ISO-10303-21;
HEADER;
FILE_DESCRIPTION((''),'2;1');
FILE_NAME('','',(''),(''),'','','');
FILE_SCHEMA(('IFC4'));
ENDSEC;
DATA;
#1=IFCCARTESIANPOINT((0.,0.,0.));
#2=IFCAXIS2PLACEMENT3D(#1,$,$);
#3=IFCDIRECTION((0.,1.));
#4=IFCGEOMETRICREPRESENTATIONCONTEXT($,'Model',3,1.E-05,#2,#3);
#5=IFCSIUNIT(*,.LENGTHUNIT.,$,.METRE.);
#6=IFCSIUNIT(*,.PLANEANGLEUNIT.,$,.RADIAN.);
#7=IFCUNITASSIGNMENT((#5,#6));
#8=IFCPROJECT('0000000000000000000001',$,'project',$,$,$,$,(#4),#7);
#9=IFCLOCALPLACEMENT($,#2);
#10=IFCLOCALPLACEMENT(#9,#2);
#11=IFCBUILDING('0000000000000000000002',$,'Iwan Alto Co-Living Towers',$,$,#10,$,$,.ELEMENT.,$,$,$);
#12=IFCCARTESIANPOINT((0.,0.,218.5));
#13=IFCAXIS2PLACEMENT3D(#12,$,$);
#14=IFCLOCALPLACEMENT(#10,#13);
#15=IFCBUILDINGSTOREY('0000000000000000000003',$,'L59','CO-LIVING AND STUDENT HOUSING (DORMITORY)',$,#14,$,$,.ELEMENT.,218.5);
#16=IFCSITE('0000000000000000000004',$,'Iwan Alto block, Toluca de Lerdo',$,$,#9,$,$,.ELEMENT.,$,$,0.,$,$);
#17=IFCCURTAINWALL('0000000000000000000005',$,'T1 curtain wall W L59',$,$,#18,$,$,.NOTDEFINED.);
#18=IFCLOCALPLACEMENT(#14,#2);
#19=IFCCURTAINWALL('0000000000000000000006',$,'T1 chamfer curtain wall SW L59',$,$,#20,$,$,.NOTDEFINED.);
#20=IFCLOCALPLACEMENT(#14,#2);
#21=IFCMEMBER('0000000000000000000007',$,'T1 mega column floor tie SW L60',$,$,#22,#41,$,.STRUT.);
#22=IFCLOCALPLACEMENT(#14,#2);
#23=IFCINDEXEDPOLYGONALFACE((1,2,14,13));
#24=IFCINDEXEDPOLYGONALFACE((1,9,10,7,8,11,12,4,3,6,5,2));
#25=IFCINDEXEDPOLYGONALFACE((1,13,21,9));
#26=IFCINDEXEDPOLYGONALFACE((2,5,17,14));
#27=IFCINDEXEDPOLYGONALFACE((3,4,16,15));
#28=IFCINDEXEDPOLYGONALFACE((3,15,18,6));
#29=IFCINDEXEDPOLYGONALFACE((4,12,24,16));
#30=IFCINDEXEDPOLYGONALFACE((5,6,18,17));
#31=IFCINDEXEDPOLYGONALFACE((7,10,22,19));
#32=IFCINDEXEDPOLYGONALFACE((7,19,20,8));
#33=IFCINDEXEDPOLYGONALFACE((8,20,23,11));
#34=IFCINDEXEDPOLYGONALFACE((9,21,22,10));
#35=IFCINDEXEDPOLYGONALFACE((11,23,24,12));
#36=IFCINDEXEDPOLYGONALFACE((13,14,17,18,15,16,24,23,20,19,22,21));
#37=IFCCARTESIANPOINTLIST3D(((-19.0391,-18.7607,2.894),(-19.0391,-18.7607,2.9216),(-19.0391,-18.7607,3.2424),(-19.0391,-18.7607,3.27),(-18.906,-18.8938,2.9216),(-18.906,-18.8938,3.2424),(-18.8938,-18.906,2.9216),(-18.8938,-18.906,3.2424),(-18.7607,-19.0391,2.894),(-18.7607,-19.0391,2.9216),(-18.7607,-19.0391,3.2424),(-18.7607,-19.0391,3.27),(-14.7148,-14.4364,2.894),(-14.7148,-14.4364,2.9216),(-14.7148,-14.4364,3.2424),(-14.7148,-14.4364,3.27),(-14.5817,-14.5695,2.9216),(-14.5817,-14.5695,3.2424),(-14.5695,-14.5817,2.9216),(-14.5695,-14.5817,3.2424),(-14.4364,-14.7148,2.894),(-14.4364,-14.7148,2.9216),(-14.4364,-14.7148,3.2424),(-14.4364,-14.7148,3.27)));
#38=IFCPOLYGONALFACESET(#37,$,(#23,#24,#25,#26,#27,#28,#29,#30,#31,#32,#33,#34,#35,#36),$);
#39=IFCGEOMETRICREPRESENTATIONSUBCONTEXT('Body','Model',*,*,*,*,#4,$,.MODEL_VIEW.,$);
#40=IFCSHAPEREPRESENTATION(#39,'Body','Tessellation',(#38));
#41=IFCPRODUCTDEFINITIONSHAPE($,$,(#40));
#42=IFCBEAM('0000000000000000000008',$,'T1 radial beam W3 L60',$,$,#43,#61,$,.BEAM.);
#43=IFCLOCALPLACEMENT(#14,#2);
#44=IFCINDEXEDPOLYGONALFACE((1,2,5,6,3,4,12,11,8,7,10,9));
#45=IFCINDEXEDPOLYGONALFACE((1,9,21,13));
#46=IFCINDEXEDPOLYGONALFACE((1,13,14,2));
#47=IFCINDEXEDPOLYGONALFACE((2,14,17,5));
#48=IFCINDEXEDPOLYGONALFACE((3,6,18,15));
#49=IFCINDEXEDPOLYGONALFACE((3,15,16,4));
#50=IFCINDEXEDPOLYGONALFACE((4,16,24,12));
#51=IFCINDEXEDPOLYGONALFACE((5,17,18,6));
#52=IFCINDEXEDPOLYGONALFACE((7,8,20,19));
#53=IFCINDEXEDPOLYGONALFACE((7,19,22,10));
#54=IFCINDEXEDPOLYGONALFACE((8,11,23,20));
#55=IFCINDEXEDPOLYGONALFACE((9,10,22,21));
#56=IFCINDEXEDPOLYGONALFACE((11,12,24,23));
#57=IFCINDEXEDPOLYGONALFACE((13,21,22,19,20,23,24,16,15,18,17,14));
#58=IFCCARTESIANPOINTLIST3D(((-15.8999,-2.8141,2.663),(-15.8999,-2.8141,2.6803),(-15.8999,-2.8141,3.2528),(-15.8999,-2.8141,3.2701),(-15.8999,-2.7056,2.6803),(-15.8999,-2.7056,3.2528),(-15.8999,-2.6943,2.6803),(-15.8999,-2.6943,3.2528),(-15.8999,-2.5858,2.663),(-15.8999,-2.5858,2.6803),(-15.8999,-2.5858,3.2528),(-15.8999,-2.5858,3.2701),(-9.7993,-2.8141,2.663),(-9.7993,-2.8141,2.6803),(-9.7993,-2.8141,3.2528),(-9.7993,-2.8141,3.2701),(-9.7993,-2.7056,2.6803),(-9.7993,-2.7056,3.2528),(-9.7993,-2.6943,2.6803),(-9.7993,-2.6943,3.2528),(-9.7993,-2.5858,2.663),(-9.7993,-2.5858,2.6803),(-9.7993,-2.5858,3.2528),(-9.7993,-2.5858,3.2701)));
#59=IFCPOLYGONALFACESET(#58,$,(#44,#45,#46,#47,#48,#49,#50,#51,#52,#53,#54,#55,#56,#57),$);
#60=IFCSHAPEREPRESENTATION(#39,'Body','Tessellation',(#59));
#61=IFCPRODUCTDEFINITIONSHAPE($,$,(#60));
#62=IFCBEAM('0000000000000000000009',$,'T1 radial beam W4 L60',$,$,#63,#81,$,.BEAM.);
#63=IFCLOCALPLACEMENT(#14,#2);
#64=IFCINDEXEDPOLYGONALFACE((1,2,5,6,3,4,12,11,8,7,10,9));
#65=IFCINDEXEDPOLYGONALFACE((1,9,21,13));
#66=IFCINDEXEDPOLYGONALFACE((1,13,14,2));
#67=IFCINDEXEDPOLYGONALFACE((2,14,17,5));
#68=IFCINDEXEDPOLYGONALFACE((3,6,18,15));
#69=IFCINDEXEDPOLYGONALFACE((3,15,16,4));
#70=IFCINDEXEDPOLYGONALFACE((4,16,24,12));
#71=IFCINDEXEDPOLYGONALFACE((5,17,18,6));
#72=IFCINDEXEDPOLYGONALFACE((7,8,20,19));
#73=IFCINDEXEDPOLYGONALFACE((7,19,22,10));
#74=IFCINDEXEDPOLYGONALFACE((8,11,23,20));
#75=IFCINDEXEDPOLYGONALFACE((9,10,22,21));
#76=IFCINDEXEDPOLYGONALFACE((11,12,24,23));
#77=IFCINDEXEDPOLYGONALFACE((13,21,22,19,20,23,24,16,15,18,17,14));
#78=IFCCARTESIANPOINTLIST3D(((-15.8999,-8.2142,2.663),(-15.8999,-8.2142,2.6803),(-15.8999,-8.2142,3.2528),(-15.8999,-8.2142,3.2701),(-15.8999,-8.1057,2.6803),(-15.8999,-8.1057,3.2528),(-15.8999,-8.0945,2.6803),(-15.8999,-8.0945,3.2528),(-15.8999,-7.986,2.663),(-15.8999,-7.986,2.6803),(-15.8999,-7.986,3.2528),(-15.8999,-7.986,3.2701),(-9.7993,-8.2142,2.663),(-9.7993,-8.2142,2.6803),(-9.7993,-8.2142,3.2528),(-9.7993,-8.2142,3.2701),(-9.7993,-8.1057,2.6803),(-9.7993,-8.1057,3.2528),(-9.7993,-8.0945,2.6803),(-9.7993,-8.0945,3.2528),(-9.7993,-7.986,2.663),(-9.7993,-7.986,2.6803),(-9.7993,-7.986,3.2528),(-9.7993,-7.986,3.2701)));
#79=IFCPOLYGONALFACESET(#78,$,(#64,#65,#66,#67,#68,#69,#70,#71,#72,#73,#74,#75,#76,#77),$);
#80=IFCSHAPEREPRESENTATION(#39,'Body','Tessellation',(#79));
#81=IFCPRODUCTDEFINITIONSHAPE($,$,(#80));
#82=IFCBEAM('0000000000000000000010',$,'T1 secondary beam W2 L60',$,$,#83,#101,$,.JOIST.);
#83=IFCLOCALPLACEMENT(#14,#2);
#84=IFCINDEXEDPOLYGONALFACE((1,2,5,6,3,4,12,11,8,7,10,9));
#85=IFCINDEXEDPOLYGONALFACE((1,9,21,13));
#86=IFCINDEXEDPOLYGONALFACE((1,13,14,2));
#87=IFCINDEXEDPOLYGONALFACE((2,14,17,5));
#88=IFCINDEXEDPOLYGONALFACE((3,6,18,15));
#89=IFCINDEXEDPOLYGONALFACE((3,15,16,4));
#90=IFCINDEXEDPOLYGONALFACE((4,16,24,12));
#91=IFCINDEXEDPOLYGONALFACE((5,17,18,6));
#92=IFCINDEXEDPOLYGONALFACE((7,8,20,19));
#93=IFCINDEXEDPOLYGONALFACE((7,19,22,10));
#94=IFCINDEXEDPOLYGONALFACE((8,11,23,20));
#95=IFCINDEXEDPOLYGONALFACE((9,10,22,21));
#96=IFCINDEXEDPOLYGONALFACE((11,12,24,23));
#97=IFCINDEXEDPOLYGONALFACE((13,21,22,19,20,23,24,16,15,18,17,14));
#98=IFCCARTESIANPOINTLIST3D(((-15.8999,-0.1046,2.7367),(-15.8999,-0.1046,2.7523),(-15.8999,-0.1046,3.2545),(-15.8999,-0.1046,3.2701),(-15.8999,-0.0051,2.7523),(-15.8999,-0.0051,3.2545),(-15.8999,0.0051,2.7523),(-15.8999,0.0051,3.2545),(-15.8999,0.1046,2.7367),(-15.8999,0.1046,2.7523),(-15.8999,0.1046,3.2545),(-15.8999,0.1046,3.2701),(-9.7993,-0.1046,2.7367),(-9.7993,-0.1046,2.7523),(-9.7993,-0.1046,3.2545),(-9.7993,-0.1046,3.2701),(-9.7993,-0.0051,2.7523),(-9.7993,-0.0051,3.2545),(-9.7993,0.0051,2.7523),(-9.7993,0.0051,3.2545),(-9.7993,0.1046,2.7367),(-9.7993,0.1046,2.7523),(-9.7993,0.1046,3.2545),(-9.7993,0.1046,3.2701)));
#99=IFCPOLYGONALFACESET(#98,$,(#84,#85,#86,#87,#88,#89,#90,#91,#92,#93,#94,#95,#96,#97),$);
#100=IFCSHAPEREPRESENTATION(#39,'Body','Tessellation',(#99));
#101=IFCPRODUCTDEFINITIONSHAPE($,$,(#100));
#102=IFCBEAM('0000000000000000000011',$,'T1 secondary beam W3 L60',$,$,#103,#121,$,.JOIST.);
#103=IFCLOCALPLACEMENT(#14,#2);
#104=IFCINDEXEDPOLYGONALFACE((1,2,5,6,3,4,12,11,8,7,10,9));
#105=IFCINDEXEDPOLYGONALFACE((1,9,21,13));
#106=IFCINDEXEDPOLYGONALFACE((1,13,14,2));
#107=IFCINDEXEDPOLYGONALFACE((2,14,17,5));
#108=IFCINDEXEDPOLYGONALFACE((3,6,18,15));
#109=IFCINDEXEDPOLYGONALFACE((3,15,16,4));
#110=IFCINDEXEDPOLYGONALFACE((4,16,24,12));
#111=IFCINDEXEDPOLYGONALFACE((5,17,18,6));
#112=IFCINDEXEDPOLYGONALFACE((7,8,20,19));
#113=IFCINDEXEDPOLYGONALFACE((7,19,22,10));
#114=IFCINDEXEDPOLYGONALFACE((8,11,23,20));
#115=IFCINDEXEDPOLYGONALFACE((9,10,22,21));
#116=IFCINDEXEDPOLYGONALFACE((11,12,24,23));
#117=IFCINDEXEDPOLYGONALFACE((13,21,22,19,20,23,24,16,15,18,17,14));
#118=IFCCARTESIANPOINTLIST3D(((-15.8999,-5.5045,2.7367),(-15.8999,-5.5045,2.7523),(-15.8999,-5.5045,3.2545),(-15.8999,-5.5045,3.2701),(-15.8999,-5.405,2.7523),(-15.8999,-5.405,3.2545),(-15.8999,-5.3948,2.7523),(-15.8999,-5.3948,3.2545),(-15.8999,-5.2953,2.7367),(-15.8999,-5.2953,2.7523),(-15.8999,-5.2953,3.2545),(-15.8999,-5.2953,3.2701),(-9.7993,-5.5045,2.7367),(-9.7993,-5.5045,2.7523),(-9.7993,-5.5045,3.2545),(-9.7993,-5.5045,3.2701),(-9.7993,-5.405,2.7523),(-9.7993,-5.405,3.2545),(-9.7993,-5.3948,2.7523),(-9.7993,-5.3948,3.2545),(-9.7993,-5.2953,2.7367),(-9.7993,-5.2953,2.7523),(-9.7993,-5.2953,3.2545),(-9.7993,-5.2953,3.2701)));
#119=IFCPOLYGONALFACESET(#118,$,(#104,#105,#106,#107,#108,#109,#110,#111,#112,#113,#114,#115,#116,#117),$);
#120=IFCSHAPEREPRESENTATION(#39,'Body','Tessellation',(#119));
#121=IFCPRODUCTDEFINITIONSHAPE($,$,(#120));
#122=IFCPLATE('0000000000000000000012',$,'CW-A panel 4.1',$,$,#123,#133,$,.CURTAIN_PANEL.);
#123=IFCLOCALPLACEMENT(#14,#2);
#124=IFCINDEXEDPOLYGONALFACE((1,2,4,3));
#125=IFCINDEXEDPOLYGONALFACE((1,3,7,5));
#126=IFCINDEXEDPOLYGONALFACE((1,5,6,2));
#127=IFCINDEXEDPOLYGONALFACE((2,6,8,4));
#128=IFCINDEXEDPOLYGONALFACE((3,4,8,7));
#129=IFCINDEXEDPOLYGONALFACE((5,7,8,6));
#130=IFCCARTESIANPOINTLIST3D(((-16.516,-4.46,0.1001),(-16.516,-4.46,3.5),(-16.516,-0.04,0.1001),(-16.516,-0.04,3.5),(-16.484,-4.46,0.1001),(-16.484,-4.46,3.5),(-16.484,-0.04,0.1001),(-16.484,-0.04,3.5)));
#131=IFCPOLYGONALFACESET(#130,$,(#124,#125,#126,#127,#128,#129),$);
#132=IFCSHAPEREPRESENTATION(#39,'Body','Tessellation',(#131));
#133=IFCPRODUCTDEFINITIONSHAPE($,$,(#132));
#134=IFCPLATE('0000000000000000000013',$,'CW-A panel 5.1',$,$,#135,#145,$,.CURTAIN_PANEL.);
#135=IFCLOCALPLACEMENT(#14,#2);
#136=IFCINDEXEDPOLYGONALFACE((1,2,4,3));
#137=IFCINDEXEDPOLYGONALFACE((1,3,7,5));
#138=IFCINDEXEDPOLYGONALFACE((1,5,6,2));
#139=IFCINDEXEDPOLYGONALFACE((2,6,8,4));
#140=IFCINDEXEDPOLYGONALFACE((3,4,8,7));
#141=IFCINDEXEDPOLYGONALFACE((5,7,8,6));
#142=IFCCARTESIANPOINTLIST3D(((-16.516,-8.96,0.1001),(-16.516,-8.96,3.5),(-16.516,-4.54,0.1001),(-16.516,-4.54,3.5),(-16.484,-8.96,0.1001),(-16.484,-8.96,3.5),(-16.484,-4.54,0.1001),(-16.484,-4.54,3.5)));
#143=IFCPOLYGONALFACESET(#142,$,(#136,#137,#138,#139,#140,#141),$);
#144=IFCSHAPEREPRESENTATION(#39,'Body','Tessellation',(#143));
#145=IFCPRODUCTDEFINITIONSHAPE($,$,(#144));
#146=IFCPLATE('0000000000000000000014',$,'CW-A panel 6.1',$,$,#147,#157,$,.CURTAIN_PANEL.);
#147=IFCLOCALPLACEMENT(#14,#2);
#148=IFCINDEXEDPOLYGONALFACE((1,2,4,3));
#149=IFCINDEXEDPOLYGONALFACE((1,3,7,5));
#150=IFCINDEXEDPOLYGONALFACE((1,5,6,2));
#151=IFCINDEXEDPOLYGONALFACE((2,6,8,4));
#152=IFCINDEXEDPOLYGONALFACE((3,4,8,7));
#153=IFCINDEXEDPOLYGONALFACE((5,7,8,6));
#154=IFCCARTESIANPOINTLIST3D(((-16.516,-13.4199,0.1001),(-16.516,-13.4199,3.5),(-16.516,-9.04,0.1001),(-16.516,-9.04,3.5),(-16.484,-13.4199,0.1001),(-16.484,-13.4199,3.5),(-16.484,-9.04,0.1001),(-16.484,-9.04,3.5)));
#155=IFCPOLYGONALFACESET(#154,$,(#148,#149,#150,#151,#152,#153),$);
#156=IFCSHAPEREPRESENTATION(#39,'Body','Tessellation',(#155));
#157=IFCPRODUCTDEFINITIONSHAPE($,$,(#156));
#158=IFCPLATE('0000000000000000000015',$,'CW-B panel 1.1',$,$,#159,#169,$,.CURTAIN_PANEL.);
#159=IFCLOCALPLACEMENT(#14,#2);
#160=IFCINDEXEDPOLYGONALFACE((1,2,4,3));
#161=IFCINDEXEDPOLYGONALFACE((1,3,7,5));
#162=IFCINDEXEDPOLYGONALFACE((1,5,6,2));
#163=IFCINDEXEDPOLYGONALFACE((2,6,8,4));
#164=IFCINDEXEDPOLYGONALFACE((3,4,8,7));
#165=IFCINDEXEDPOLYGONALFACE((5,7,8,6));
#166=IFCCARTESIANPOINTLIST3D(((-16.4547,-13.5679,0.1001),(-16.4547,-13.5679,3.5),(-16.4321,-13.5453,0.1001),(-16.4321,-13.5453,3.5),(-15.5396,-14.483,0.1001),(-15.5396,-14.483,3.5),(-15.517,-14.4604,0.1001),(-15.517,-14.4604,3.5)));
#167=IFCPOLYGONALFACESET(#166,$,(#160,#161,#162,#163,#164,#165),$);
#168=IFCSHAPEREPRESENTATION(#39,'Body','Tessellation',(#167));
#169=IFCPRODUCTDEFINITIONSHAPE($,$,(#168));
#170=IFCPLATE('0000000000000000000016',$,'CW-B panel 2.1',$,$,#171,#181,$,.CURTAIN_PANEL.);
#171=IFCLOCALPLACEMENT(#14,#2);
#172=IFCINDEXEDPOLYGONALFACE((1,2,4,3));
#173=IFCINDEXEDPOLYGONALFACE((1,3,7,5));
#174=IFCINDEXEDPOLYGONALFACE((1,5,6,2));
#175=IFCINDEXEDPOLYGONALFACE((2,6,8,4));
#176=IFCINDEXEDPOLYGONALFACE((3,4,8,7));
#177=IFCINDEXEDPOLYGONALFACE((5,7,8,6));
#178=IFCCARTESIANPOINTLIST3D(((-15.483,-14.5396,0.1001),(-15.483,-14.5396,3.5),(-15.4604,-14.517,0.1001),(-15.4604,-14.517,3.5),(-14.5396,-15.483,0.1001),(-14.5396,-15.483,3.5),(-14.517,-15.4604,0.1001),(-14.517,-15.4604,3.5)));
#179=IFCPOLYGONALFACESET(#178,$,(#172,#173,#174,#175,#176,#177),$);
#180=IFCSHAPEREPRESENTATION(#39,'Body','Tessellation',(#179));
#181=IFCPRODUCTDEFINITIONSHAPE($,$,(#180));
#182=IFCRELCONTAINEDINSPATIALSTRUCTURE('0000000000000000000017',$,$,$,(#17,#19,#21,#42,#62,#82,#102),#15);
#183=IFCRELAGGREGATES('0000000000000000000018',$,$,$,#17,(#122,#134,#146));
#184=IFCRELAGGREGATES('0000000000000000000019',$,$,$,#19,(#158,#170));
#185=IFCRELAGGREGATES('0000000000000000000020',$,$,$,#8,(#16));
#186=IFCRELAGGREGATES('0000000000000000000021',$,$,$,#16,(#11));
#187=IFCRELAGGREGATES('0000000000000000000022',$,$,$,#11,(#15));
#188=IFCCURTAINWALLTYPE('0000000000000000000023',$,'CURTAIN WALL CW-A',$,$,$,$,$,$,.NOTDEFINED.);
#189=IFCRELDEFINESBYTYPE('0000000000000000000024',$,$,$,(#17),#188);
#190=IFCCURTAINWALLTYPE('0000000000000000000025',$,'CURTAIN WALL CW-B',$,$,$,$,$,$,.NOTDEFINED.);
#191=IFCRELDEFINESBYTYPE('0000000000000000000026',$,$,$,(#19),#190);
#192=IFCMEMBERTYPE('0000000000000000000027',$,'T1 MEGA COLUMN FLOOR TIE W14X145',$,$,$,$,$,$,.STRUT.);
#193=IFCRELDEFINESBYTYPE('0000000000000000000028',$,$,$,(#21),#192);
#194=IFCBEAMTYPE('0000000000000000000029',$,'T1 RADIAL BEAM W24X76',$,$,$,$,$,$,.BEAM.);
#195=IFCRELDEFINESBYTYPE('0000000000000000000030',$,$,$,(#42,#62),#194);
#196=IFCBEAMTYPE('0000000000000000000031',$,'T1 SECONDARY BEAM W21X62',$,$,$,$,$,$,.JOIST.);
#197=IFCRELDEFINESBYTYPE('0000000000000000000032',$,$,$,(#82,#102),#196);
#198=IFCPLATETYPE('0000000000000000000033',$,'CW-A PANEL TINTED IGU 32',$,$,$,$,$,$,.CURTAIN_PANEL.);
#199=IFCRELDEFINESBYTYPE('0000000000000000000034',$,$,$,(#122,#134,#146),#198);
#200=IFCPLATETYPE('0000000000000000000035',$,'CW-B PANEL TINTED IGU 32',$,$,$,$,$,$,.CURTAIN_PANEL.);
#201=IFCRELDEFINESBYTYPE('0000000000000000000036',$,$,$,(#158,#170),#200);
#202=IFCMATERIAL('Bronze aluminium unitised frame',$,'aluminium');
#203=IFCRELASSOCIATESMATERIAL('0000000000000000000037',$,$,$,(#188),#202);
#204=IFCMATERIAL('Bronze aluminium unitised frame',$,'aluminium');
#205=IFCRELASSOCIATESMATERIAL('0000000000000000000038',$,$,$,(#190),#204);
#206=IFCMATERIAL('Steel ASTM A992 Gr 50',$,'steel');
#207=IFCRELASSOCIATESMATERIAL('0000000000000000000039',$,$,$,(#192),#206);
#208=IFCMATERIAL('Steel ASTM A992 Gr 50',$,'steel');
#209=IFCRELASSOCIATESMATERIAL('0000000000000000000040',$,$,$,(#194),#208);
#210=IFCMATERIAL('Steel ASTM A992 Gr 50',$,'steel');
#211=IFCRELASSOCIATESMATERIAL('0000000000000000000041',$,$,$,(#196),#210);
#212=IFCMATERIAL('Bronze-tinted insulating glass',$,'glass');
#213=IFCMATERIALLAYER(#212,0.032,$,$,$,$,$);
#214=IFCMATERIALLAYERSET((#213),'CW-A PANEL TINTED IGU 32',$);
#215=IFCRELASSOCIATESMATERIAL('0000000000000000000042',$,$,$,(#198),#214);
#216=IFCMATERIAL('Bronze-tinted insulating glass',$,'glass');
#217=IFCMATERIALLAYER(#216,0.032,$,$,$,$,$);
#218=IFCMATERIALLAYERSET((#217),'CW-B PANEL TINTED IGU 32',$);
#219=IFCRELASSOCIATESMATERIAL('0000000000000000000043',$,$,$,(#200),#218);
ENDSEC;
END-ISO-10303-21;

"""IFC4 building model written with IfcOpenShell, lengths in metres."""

from ifc_helpers import new_model, si_unit, direction, frame, origin, origin_2d, place, context, subcontext, project, spatial, rectangle, i_section, extrude, material, layer, layer_set, material_profile, profile_set, type_object, element, aggregate, save


model = new_model("IFC4")

# Units and contexts
model_context = context("Model", 3, precision=1e-05, world=origin(), true_north=direction((0.0, 1.0)))
body_context = subcontext(model_context, "Body", "Model", "MODEL_VIEW")
ifc_project = project(units=[si_unit("LENGTHUNIT", "METRE"), si_unit("PLANEANGLEUNIT", "RADIAN")], contexts=[model_context])

# Site, building, storey
site_placement = place(None, origin())
site = spatial("IfcSite", under=ifc_project, at=site_placement, Name="Iwan Alto block, Toluca de Lerdo", CompositionType="ELEMENT", RefElevation=0.0)
building_placement = place(site_placement, origin())
building = spatial("IfcBuilding", under=site, at=building_placement, Name="Iwan Alto Co-Living Towers", CompositionType="ELEMENT")
storey_placement = place(building_placement, frame((0.0, 0.0, 218.5)))
storey = spatial("IfcBuildingStorey", under=building, at=storey_placement, Name="L59", Description="CO-LIVING AND STUDENT HOUSING (DORMITORY)", CompositionType="ELEMENT", Elevation=218.5)

# Curtain walls
ifc_material_1 = material(Name="Bronze aluminium unitised frame", Category="aluminium")
curtain_wall_type_1 = type_object("IfcCurtainWallType", Name="CURTAIN WALL CW-A", PredefinedType="NOTDEFINED", material=ifc_material_1)
curtain_wall_1_placement = place(storey_placement, origin())
curtain_wall_1 = element("IfcCurtainWall", 1, at=curtain_wall_1_placement, inside=storey, type_object=curtain_wall_type_1, Name="T1 curtain wall W L59", PredefinedType="NOTDEFINED")
ifc_material_2 = material(Name="Bronze aluminium unitised frame", Category="aluminium")
curtain_wall_type_2 = type_object("IfcCurtainWallType", Name="CURTAIN WALL CW-B", PredefinedType="NOTDEFINED", material=ifc_material_2)
curtain_wall_2_placement = place(storey_placement, origin())
curtain_wall_2 = element("IfcCurtainWall", 2, at=curtain_wall_2_placement, inside=storey, type_object=curtain_wall_type_2, Name="T1 chamfer curtain wall SW L59", PredefinedType="NOTDEFINED")

# Member
ifc_material_3 = material(Name="Steel ASTM A992 Gr 50", Category="steel")
ifc_material_profile_1 = material_profile(ifc_material_3, i_section(OverallWidth=0.3938, OverallDepth=0.376, WebThickness=0.0173, FlangeThickness=0.0276, at=origin_2d()), Name="W14X145")
ifc_profile_set_1 = profile_set([ifc_material_profile_1], Name="Steel ASTM A992 Gr 50")
member_type_1 = type_object("IfcMemberType", Name="T1 MEGA COLUMN FLOOR TIE W14X145", PredefinedType="STRUT", material=ifc_profile_set_1)
member_1_placement = place(storey_placement, frame((-18.8999, -18.8999, 3.082), z_axis=(0.707107, 0.707107, 0.0), x_axis=(-0.707107, 0.707107, 0.0)))
element("IfcMember", 3, at=member_1_placement, inside=storey, type_object=member_type_1, Name="T1 mega column floor tie SW L60", PredefinedType="STRUT", context=body_context, shape_type="SweptSolid", body=[
    extrude(i_section(OverallWidth=0.3938, OverallDepth=0.376, WebThickness=0.0173, FlangeThickness=0.0276, at=origin_2d()), origin(), (0.0, 0.0, 1.0), 6.1155),
])

# Beams
ifc_material_4 = material(Name="Steel ASTM A992 Gr 50", Category="steel")
ifc_material_profile_2 = material_profile(ifc_material_4, i_section(OverallWidth=0.2283, OverallDepth=0.6072, WebThickness=0.0112, FlangeThickness=0.0173, at=origin_2d()), Name="W24X76")
ifc_profile_set_2 = profile_set([ifc_material_profile_2], Name="Steel ASTM A992 Gr 50")
beam_type_1 = type_object("IfcBeamType", Name="T1 RADIAL BEAM W24X76", PredefinedType="BEAM", material=ifc_profile_set_2)
for number, where, z_axis, x_axis, name in (
    (4, (-15.8999, -2.7, 2.9666), (1.0, 0.0, 0.0), (0.0, 1.0, 0.0), "T1 radial beam W3 L60"),
    (5, (-15.8999, -8.1001, 2.9666), (1.0, 0.0, 0.0), (0.0, 1.0, 0.0), "T1 radial beam W4 L60"),
):
    element("IfcBeam", number, at=place(storey_placement, frame(where, z_axis=z_axis, x_axis=x_axis)), inside=storey, type_object=beam_type_1, Name=name, PredefinedType="BEAM", context=body_context, shape_type="SweptSolid", body=[
        extrude(i_section(OverallWidth=0.2283, OverallDepth=0.6072, WebThickness=0.0112, FlangeThickness=0.0173, at=origin_2d()), origin(), (0.0, 0.0, 1.0), 6.1006),
    ])
ifc_material_5 = material(Name="Steel ASTM A992 Gr 50", Category="steel")
ifc_material_profile_3 = material_profile(ifc_material_5, i_section(OverallWidth=0.2092, OverallDepth=0.5334, WebThickness=0.0103, FlangeThickness=0.0156, at=origin_2d()), Name="W21X62")
ifc_profile_set_3 = profile_set([ifc_material_profile_3], Name="Steel ASTM A992 Gr 50")
beam_type_2 = type_object("IfcBeamType", Name="T1 SECONDARY BEAM W21X62", PredefinedType="JOIST", material=ifc_profile_set_3)
for number, where, z_axis, x_axis, name in (
    (6, (-15.8999, 0.0, 3.0034), (1.0, 0.0, 0.0), (0.0, 1.0, 0.0), "T1 secondary beam W2 L60"),
    (7, (-15.8999, -5.3999, 3.0034), (1.0, 0.0, 0.0), (0.0, 1.0, 0.0), "T1 secondary beam W3 L60"),
):
    element("IfcBeam", number, at=place(storey_placement, frame(where, z_axis=z_axis, x_axis=x_axis)), inside=storey, type_object=beam_type_2, Name=name, PredefinedType="JOIST", context=body_context, shape_type="SweptSolid", body=[
        extrude(i_section(OverallWidth=0.2092, OverallDepth=0.5334, WebThickness=0.0103, FlangeThickness=0.0156, at=origin_2d()), origin(), (0.0, 0.0, 1.0), 6.1006),
    ])

# Plates
ifc_material_6 = material(Name="Bronze-tinted insulating glass", Category="glass")
ifc_layer_1 = layer(ifc_material_6, 0.032)
ifc_layer_set_1 = layer_set([ifc_layer_1], Name="CW-A PANEL TINTED IGU 32")
plate_type_1 = type_object("IfcPlateType", Name="CW-A PANEL TINTED IGU 32", PredefinedType="CURTAIN_PANEL", material=ifc_layer_set_1)
plate_1_placement = place(storey_placement, frame((-16.5, -2.25, 0.1001), z_axis=(0.0, 0.0, 1.0), x_axis=(0.0, -1.0, 0.0)))
plate_1 = element("IfcPlate", 8, at=plate_1_placement, type_object=plate_type_1, Name="CW-A panel 4.1", PredefinedType="CURTAIN_PANEL", context=body_context, shape_type="SweptSolid", body=[
    extrude(rectangle(XDim=4.4199, YDim=0.032, at=origin_2d()), origin(), (0.0, 0.0, 1.0), 3.3999),
])
plate_2_placement = place(storey_placement, frame((-16.5, -6.75, 0.1001), z_axis=(0.0, 0.0, 1.0), x_axis=(0.0, -1.0, 0.0)))
plate_2 = element("IfcPlate", 9, at=plate_2_placement, type_object=plate_type_1, Name="CW-A panel 5.1", PredefinedType="CURTAIN_PANEL", context=body_context, shape_type="SweptSolid", body=[
    extrude(rectangle(XDim=4.4199, YDim=0.032, at=origin_2d()), origin(), (0.0, 0.0, 1.0), 3.3999),
])
plate_3_placement = place(storey_placement, frame((-16.5, -11.23, 0.1001), z_axis=(0.0, 0.0, 1.0), x_axis=(0.0, -1.0, 0.0)))
plate_3 = element("IfcPlate", 10, at=plate_3_placement, type_object=plate_type_1, Name="CW-A panel 6.1", PredefinedType="CURTAIN_PANEL", context=body_context, shape_type="SweptSolid", body=[
    extrude(rectangle(XDim=4.3799, YDim=0.032, at=origin_2d()), origin(), (0.0, 0.0, 1.0), 3.3999),
])
aggregate(curtain_wall_1, [plate_1, plate_2, plate_3])
ifc_material_7 = material(Name="Bronze-tinted insulating glass", Category="glass")
ifc_layer_2 = layer(ifc_material_7, 0.032)
ifc_layer_set_2 = layer_set([ifc_layer_2], Name="CW-B PANEL TINTED IGU 32")
plate_type_2 = type_object("IfcPlateType", Name="CW-B PANEL TINTED IGU 32", PredefinedType="CURTAIN_PANEL", material=ifc_layer_set_2)
plate_4_placement = place(storey_placement, frame((-15.9858, -14.0142, 0.1001), z_axis=(0.0, 0.0, 1.0), x_axis=(0.707107, -0.707107, 0.0)))
plate_4 = element("IfcPlate", 11, at=plate_4_placement, type_object=plate_type_2, Name="CW-B panel 1.1", PredefinedType="CURTAIN_PANEL", context=body_context, shape_type="SweptSolid", body=[
    extrude(rectangle(XDim=1.2942, YDim=0.032, at=origin_2d()), origin(), (0.0, 0.0, 1.0), 3.3999),
])
plate_5_placement = place(storey_placement, frame((-15.0, -15.0, 0.1001), z_axis=(0.0, 0.0, 1.0), x_axis=(0.707107, -0.707107, 0.0)))
plate_5 = element("IfcPlate", 12, at=plate_5_placement, type_object=plate_type_2, Name="CW-B panel 2.1", PredefinedType="CURTAIN_PANEL", context=body_context, shape_type="SweptSolid", body=[
    extrude(rectangle(XDim=1.3342, YDim=0.032, at=origin_2d()), origin(), (0.0, 0.0, 1.0), 3.3999),
])
aggregate(curtain_wall_2, [plate_4, plate_5])

save(model, "model.ifc")
